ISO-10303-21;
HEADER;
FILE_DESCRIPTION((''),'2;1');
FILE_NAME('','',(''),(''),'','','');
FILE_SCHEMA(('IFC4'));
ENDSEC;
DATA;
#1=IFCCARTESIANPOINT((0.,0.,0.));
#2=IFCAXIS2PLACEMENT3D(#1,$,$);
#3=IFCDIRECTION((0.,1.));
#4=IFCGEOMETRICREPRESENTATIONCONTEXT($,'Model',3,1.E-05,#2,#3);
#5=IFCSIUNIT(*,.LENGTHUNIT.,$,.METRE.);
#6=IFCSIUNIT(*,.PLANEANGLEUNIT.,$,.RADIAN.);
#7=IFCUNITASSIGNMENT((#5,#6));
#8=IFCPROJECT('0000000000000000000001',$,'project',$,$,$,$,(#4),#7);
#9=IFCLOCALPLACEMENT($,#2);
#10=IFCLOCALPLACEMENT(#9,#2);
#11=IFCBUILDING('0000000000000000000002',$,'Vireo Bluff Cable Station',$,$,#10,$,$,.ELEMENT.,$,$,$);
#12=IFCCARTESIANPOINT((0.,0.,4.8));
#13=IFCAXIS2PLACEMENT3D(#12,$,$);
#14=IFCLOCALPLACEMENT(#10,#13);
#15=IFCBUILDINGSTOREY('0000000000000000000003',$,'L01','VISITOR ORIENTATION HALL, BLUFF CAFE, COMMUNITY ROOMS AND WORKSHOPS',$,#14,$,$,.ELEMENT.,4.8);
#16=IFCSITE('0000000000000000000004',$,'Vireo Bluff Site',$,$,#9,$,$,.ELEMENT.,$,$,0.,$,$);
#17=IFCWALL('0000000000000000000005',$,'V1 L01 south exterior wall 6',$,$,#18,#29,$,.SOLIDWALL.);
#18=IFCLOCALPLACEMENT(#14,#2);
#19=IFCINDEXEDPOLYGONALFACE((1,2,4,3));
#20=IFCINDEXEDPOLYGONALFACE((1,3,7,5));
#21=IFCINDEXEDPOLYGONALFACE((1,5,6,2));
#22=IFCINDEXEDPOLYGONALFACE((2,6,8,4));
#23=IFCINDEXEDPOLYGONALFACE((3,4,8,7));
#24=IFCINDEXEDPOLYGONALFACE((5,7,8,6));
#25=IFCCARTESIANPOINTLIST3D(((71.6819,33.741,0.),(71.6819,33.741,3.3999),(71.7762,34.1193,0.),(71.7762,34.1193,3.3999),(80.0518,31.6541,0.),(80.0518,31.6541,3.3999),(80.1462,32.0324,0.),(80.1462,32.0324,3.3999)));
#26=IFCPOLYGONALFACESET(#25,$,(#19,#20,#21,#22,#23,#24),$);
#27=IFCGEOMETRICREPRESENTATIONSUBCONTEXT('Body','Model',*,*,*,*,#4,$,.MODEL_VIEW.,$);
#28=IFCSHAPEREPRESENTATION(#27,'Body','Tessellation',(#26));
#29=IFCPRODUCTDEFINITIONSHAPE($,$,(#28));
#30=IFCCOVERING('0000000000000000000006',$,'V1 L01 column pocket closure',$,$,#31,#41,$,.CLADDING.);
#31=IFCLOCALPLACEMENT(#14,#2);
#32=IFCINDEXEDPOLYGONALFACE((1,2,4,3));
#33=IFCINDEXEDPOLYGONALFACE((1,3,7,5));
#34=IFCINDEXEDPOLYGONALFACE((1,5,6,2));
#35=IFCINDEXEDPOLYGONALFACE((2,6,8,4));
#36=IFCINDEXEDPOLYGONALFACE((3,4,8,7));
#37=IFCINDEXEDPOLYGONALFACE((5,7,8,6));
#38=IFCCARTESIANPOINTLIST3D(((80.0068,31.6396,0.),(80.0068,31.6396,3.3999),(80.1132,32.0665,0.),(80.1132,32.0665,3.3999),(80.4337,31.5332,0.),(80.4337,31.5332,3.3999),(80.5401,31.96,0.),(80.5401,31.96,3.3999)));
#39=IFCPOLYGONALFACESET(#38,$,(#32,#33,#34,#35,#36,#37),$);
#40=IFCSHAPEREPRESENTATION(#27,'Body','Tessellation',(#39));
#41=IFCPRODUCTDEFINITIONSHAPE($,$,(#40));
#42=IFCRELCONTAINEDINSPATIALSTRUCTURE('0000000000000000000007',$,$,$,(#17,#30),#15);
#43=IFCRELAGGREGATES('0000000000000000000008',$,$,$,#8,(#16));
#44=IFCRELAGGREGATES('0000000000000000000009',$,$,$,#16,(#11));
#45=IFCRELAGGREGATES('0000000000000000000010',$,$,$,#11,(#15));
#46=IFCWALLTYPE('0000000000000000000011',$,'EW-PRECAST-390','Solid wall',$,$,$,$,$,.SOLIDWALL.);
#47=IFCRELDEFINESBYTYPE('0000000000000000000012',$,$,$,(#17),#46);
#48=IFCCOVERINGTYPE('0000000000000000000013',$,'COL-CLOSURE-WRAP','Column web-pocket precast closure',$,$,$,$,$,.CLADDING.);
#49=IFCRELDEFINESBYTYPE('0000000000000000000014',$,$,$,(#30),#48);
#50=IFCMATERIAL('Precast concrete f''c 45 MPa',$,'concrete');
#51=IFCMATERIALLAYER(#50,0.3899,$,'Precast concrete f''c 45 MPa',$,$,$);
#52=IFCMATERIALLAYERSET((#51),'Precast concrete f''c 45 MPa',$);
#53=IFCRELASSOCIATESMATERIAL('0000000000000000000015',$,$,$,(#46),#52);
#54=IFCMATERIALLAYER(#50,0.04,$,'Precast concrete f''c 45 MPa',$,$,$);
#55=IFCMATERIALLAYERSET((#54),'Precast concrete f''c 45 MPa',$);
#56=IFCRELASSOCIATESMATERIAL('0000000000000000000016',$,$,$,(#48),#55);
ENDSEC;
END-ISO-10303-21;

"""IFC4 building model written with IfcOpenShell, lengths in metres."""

from ifc_helpers import new_model, si_unit, direction, frame, frame_2d, origin, origin_2d, place, context, subcontext, project, spatial, rectangle, extrude, material, layer, layer_set, type_object, element, save


model = new_model("IFC4")

# Units and contexts
model_context = context("Model", 3, precision=1e-05, world=origin(), true_north=direction((0.0, 1.0)))
body_context = subcontext(model_context, "Body", "Model", "MODEL_VIEW")
ifc_project = project(units=[si_unit("LENGTHUNIT", "METRE"), si_unit("PLANEANGLEUNIT", "RADIAN")], contexts=[model_context])

# Site, building, storey
site_placement = place(None, origin())
site = spatial("IfcSite", under=ifc_project, at=site_placement, Name="Vireo Bluff Site", CompositionType="ELEMENT", RefElevation=0.0)
building_placement = place(site_placement, origin())
building = spatial("IfcBuilding", under=site, at=building_placement, Name="Vireo Bluff Cable Station", CompositionType="ELEMENT")
storey_placement = place(building_placement, frame((0.0, 0.0, 4.8)))
storey = spatial("IfcBuildingStorey", under=building, at=storey_placement, Name="L01", Description="VISITOR ORIENTATION HALL, BLUFF CAFE, COMMUNITY ROOMS AND WORKSHOPS", CompositionType="ELEMENT", Elevation=4.8)

# Wall
ifc_material_1 = material(Name="Precast concrete f'c 45 MPa", Category="concrete")
ifc_layer_1 = layer(ifc_material_1, 0.3899, Name="Precast concrete f'c 45 MPa")
ifc_layer_set_1 = layer_set([ifc_layer_1], Name="Precast concrete f'c 45 MPa")
wall_type = type_object("IfcWallType", Name="EW-PRECAST-390", Description="Solid wall", PredefinedType="SOLIDWALL", material=ifc_layer_set_1)
wall_placement = place(storey_placement, frame((80.0989, 31.8433, 0.0), z_axis=(0.0, 0.0, 1.0), x_axis=(-0.970294, 0.24193, 0.0)))
element("IfcWall", 1, at=wall_placement, inside=storey, type_object=wall_type, Name="V1 L01 south exterior wall 6", PredefinedType="SOLIDWALL", context=body_context, shape_type="SweptSolid", body=[
    extrude(rectangle(XDim=8.6262, YDim=0.3899, at=frame_2d((4.313, 0.0))), origin(), (0.0, 0.0, 1.0), 3.3999),
])

# Covering
ifc_layer_2 = layer(ifc_material_1, 0.04, Name="Precast concrete f'c 45 MPa")
ifc_layer_set_2 = layer_set([ifc_layer_2], Name="Precast concrete f'c 45 MPa")
covering_type = type_object("IfcCoveringType", Name="COL-CLOSURE-WRAP", Description="Column web-pocket precast closure", PredefinedType="CLADDING", material=ifc_layer_set_2)
covering_placement = place(storey_placement, frame((80.2734, 31.7998, 0.0), z_axis=(0.0, 0.0, 1.0), x_axis=(0.970296, -0.241922, 0.0)))
element("IfcCovering", 2, at=covering_placement, inside=storey, type_object=covering_type, Name="V1 L01 column pocket closure", PredefinedType="CLADDING", context=body_context, shape_type="SweptSolid", body=[
    extrude(rectangle(XDim=0.4399, YDim=0.4399, at=origin_2d()), origin(), (0.0, 0.0, 1.0), 3.3999),
])

save(model, "model.ifc")
